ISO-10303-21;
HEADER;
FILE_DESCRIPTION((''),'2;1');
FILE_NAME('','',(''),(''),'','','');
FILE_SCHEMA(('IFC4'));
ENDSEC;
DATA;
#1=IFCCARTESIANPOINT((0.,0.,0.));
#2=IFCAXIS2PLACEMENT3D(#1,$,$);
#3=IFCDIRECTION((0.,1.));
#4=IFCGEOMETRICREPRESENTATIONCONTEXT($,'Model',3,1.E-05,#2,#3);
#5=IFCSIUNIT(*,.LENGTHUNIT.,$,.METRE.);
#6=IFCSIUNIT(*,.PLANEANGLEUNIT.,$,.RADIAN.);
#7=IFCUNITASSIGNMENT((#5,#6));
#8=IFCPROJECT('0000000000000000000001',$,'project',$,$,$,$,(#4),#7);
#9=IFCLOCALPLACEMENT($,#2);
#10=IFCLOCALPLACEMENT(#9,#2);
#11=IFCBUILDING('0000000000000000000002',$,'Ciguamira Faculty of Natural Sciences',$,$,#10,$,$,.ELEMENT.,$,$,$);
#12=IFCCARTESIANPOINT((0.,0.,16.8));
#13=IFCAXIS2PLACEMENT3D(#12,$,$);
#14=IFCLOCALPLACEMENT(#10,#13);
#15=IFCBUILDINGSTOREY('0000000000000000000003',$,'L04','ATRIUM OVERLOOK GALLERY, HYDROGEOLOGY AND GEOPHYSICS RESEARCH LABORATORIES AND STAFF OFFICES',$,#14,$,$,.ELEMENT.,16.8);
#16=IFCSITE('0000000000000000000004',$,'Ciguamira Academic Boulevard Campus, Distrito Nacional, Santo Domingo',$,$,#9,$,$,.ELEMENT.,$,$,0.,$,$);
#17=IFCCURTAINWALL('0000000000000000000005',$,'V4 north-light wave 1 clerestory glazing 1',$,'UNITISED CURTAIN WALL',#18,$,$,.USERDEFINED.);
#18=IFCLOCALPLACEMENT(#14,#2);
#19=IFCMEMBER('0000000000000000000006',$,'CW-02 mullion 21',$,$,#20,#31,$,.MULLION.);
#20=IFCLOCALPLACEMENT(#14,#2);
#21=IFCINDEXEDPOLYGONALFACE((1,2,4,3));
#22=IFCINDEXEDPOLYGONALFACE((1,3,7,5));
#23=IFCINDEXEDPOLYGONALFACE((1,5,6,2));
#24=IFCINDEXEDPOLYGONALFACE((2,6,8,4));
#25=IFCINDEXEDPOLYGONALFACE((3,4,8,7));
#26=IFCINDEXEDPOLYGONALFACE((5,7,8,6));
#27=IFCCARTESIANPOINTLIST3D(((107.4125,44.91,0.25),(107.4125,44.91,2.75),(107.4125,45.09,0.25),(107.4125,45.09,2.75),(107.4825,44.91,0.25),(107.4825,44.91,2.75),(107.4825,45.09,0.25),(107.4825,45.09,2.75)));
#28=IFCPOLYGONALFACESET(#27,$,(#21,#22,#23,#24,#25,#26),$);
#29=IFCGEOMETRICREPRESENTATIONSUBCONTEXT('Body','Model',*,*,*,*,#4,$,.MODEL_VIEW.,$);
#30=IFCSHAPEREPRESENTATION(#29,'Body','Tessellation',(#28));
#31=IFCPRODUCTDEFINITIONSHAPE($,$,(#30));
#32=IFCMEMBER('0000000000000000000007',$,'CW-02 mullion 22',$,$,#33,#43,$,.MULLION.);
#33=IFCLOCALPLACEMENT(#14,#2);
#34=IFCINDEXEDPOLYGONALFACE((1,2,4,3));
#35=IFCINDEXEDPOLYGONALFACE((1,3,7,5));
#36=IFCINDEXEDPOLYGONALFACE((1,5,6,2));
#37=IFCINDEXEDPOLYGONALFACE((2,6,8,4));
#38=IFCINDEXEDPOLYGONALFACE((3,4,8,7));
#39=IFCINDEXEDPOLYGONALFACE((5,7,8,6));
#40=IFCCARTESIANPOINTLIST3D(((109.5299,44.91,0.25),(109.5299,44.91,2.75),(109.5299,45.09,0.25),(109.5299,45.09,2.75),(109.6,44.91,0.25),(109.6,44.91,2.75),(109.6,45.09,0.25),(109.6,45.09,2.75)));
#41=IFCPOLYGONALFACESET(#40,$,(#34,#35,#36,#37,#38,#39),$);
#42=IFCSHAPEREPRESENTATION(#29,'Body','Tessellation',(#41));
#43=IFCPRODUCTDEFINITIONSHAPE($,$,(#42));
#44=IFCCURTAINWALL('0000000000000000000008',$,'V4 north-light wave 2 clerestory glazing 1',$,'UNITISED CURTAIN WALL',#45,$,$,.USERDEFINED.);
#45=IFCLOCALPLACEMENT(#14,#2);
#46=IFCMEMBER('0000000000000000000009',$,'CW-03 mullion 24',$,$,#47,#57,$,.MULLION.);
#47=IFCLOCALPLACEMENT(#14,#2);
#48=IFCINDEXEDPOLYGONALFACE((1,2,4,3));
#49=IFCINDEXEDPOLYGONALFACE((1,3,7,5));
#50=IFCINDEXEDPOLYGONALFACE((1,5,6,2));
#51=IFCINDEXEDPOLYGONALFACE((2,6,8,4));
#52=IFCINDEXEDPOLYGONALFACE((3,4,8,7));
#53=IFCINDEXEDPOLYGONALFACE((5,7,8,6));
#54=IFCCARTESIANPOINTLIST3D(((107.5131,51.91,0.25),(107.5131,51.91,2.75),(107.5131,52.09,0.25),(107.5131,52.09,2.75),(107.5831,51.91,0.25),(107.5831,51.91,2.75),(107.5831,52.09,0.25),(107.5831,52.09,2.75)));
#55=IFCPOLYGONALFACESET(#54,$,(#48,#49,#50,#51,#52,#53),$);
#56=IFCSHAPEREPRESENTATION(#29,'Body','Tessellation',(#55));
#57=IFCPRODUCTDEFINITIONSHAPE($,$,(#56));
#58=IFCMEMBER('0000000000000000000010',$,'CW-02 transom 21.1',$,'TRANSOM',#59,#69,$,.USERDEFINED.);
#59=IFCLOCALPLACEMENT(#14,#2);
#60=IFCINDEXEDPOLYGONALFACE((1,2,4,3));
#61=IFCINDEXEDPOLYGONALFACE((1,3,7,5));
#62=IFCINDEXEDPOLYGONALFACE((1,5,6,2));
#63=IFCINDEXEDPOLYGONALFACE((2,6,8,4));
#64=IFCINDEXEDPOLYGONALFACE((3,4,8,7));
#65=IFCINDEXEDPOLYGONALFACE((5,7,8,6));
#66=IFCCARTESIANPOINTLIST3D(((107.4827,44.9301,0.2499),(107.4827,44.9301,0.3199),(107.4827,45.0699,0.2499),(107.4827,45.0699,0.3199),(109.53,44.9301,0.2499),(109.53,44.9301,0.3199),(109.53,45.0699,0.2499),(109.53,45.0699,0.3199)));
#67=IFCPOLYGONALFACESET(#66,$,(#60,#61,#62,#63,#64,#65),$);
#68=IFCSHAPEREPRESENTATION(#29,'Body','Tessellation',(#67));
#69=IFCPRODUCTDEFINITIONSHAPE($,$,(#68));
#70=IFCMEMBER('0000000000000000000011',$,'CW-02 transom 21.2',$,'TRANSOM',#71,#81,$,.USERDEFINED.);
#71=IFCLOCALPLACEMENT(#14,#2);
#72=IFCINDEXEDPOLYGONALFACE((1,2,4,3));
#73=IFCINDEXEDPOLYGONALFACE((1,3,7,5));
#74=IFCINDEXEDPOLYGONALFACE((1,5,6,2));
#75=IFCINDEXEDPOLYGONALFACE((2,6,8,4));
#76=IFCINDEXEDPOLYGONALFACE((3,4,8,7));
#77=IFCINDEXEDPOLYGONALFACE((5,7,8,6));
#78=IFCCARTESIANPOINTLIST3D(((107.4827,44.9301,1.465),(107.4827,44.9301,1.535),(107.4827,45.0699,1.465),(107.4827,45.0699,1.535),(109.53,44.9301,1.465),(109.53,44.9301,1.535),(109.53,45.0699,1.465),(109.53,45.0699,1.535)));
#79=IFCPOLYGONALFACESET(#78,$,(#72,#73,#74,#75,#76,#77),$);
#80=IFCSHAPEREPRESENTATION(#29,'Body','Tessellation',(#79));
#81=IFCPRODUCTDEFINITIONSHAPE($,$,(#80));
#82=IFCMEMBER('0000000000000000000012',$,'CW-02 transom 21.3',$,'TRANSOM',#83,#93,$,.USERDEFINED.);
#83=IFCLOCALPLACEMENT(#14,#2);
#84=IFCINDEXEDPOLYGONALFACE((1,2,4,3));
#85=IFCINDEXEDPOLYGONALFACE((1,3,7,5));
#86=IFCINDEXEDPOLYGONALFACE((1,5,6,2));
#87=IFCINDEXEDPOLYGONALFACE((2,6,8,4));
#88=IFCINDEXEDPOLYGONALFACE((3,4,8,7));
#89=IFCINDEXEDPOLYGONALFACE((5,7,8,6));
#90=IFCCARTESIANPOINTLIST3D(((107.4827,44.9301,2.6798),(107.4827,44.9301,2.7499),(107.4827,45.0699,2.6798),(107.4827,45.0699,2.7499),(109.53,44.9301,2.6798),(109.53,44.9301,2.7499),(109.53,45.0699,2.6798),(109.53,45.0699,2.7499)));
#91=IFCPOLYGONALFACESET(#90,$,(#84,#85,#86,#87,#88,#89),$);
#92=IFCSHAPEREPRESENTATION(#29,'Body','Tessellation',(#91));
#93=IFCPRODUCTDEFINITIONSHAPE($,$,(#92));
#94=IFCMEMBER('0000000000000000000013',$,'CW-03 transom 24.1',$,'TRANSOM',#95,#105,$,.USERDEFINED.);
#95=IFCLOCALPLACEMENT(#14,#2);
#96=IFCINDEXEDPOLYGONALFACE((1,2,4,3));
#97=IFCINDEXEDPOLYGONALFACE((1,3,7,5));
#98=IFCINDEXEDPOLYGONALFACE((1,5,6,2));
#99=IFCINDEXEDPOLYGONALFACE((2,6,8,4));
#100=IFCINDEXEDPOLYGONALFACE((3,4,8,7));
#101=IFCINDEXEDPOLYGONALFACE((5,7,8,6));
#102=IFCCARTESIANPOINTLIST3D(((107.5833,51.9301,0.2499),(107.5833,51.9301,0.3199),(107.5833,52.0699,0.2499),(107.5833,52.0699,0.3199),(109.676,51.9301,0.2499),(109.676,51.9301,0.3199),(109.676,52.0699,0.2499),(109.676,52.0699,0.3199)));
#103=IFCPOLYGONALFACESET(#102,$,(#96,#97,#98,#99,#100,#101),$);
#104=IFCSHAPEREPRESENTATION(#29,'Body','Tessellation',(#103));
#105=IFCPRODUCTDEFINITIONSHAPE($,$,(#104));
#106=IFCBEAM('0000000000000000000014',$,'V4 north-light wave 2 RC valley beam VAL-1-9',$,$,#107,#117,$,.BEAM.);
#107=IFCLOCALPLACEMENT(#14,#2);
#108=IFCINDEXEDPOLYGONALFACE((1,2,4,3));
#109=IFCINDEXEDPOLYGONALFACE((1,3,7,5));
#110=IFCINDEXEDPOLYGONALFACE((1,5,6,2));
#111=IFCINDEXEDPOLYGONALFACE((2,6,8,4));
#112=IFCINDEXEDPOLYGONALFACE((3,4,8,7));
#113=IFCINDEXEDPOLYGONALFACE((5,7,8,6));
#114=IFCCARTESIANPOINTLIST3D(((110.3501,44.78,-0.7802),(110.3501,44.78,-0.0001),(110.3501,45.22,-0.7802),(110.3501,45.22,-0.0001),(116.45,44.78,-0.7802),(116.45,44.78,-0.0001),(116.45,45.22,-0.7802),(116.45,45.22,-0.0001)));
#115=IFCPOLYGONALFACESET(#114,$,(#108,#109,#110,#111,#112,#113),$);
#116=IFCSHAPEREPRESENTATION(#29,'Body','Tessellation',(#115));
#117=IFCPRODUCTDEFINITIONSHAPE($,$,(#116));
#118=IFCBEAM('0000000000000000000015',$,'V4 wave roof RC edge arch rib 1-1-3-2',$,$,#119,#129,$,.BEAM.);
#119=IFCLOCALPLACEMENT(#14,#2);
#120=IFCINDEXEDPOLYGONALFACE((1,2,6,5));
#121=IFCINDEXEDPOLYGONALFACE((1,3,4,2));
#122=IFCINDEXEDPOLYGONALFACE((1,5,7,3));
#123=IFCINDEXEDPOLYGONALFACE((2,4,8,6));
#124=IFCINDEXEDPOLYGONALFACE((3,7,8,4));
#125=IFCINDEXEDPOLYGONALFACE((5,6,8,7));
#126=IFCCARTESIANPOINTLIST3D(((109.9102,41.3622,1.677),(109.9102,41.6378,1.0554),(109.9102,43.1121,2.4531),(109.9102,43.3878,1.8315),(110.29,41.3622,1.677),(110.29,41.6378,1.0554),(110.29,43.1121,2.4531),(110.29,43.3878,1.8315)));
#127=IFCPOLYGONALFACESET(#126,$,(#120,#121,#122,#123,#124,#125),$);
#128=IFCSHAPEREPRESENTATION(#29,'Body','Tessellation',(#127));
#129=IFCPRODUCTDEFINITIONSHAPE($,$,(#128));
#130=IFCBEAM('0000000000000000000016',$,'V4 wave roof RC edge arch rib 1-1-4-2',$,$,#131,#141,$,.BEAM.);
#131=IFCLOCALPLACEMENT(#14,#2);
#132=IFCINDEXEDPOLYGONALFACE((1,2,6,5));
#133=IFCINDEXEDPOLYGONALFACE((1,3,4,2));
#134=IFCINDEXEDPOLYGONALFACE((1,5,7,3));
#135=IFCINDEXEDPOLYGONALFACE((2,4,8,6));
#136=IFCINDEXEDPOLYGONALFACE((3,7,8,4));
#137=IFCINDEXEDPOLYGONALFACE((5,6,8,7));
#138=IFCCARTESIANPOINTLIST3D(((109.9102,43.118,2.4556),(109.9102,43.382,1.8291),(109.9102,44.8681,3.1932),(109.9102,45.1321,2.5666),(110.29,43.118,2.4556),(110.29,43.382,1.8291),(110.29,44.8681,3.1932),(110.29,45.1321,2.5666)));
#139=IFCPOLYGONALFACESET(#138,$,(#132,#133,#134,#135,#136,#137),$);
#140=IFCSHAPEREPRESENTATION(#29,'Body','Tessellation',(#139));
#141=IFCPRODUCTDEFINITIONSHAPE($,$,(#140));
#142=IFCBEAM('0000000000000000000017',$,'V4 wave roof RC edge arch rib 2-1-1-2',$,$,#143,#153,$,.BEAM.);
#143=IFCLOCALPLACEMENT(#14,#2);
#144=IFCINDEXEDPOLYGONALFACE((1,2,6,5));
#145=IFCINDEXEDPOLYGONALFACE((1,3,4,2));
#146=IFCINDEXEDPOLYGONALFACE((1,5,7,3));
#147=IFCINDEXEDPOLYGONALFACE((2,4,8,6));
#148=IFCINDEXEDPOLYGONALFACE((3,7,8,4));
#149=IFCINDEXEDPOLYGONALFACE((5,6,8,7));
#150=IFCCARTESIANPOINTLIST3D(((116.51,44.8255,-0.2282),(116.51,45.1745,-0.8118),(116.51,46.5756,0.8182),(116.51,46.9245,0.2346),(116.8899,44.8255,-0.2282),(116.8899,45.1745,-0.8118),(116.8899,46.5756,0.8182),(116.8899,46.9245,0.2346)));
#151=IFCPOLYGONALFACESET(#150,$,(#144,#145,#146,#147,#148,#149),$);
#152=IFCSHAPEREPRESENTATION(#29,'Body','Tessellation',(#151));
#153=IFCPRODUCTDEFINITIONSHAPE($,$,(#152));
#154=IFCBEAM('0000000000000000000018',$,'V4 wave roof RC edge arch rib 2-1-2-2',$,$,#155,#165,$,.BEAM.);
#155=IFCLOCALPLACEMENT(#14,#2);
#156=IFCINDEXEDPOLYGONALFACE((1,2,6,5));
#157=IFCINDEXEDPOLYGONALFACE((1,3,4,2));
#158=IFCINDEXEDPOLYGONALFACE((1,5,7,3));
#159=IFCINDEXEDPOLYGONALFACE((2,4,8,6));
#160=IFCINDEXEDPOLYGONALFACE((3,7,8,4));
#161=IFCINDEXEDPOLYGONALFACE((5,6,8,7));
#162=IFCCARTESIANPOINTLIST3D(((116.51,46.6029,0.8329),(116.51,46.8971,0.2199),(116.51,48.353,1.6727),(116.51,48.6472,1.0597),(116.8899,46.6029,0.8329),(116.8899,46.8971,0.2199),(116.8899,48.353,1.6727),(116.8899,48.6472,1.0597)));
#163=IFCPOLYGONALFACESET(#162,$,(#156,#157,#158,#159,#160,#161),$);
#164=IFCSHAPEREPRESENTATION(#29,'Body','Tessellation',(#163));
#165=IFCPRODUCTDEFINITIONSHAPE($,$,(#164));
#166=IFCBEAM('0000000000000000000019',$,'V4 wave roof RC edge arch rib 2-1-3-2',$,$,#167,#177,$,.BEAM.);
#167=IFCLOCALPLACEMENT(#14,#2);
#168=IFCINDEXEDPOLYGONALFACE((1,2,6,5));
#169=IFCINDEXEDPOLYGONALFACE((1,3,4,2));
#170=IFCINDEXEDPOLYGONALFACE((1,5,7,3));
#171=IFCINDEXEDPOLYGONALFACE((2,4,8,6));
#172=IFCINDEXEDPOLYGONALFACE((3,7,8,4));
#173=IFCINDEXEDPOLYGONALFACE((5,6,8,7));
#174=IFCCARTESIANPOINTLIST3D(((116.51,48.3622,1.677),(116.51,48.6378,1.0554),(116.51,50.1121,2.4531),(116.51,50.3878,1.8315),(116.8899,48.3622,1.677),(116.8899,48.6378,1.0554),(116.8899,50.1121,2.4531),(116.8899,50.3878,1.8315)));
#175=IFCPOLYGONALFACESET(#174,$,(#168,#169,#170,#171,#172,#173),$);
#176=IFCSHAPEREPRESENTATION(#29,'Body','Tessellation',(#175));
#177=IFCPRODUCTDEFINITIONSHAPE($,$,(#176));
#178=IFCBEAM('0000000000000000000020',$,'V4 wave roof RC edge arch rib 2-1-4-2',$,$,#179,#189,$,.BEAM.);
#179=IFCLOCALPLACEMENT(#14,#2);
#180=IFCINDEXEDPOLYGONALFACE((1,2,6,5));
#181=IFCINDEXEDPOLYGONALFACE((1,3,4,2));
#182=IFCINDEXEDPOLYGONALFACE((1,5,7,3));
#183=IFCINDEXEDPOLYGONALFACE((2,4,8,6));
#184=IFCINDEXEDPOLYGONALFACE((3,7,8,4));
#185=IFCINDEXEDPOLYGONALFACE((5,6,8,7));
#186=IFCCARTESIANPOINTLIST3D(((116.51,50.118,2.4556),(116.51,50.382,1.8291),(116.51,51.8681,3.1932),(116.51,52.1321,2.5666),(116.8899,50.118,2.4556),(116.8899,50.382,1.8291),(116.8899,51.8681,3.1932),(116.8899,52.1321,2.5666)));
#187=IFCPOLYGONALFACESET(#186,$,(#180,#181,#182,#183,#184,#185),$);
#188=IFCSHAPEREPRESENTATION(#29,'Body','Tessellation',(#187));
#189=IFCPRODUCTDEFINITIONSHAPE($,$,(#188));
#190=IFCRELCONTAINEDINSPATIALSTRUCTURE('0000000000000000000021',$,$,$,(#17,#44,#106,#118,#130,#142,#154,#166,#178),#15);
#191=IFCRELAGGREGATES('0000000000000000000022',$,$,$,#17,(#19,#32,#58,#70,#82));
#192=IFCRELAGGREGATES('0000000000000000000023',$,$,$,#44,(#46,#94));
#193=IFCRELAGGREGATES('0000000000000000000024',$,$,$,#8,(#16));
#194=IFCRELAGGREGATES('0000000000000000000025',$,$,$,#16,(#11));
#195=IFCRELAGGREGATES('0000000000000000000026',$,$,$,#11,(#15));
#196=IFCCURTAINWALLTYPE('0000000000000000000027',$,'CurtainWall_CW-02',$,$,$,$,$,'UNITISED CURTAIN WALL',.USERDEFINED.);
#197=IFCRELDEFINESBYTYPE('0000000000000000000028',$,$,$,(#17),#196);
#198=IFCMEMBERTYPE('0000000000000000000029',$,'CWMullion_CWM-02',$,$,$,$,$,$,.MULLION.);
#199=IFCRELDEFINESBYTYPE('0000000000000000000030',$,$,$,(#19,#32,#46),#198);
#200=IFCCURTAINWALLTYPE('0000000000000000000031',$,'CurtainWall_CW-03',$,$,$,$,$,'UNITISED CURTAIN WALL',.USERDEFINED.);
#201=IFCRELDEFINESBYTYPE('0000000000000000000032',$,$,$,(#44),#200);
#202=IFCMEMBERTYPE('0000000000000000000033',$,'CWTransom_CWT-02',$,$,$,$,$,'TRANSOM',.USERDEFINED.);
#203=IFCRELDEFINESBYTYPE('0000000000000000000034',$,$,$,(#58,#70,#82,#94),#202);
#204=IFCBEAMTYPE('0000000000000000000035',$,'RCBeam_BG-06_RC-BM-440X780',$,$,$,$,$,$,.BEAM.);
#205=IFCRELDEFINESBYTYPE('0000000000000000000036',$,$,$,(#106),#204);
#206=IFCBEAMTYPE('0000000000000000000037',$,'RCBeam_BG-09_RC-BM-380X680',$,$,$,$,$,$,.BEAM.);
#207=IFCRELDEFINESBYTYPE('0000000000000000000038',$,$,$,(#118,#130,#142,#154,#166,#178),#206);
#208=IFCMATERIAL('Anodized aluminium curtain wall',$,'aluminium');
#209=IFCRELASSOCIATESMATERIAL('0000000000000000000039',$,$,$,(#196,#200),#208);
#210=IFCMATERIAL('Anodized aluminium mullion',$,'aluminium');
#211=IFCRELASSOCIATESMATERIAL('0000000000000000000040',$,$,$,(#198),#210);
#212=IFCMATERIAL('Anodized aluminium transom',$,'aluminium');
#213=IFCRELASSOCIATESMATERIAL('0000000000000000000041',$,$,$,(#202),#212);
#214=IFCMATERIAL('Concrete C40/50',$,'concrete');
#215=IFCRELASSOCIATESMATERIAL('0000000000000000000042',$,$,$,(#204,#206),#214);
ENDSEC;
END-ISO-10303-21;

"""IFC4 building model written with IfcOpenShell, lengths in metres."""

from ifc_helpers import new_model, si_unit, direction, frame, origin, origin_2d, place, context, subcontext, project, spatial, rectangle, extrude, material, material_profile, profile_set, type_object, element, aggregate, save


model = new_model("IFC4")

# Units and contexts
model_context = context("Model", 3, precision=1e-05, world=origin(), true_north=direction((0.0, 1.0)))
body_context = subcontext(model_context, "Body", "Model", "MODEL_VIEW")
ifc_project = project(units=[si_unit("LENGTHUNIT", "METRE"), si_unit("PLANEANGLEUNIT", "RADIAN")], contexts=[model_context])

# Site, building, storey
site_placement = place(None, origin())
site = spatial("IfcSite", under=ifc_project, at=site_placement, Name="Ciguamira Academic Boulevard Campus, Distrito Nacional, Santo Domingo", CompositionType="ELEMENT", RefElevation=0.0)
building_placement = place(site_placement, origin())
building = spatial("IfcBuilding", under=site, at=building_placement, Name="Ciguamira Faculty of Natural Sciences", CompositionType="ELEMENT")
storey_placement = place(building_placement, frame((0.0, 0.0, 16.8)))
storey = spatial("IfcBuildingStorey", under=building, at=storey_placement, Name="L04", Description="ATRIUM OVERLOOK GALLERY, HYDROGEOLOGY AND GEOPHYSICS RESEARCH LABORATORIES AND STAFF OFFICES", CompositionType="ELEMENT", Elevation=16.8)

# Curtain wall, members
ifc_material_1 = material(Name="Anodized aluminium curtain wall", Category="aluminium")
curtain_wall_type_1 = type_object("IfcCurtainWallType", Name="CurtainWall_CW-02", ElementType="UNITISED CURTAIN WALL", PredefinedType="USERDEFINED", material=ifc_material_1)
curtain_wall_1_placement = place(storey_placement, origin())
curtain_wall_1 = element("IfcCurtainWall", 1, at=curtain_wall_1_placement, inside=storey, type_object=curtain_wall_type_1, Name="V4 north-light wave 1 clerestory glazing 1", ObjectType="UNITISED CURTAIN WALL", PredefinedType="USERDEFINED")
ifc_material_2 = material(Name="Anodized aluminium mullion", Category="aluminium")
ifc_material_profile_1 = material_profile(ifc_material_2, rectangle(XDim=0.0701, YDim=0.1799, at=origin_2d()), Name="ALU-MUL-70X180")
ifc_profile_set_1 = profile_set([ifc_material_profile_1], Name="Anodized aluminium mullion")
member_type_1 = type_object("IfcMemberType", Name="CWMullion_CWM-02", PredefinedType="MULLION", material=ifc_profile_set_1)
member_1_placement = place(storey_placement, frame((107.4475, 45.0, 0.25), z_axis=(0.0, 0.0, 1.0), x_axis=(1.0, 0.0, 0.0)))
member_1 = element("IfcMember", 2, at=member_1_placement, type_object=member_type_1, Name="CW-02 mullion 21", PredefinedType="MULLION", context=body_context, shape_type="SweptSolid", body=[
    extrude(rectangle(XDim=0.0701, YDim=0.1799, at=origin_2d()), origin(), (0.0, 0.0, 1.0), 2.5),
])
member_2_placement = place(storey_placement, frame((109.5649, 45.0, 0.25), z_axis=(0.0, 0.0, 1.0), x_axis=(1.0, 0.0, 0.0)))
member_2 = element("IfcMember", 3, at=member_2_placement, type_object=member_type_1, Name="CW-02 mullion 22", PredefinedType="MULLION", context=body_context, shape_type="SweptSolid", body=[
    extrude(rectangle(XDim=0.0701, YDim=0.1799, at=origin_2d()), origin(), (0.0, 0.0, 1.0), 2.5),
])

# Curtain wall, member
curtain_wall_type_2 = type_object("IfcCurtainWallType", Name="CurtainWall_CW-03", ElementType="UNITISED CURTAIN WALL", PredefinedType="USERDEFINED", material=ifc_material_1)
curtain_wall_2_placement = place(storey_placement, origin())
curtain_wall_2 = element("IfcCurtainWall", 4, at=curtain_wall_2_placement, inside=storey, type_object=curtain_wall_type_2, Name="V4 north-light wave 2 clerestory glazing 1", ObjectType="UNITISED CURTAIN WALL", PredefinedType="USERDEFINED")
member_3_placement = place(storey_placement, frame((107.5481, 52.0, 0.25), z_axis=(0.0, 0.0, 1.0), x_axis=(1.0, 0.0, 0.0)))
member_3 = element("IfcMember", 5, at=member_3_placement, type_object=member_type_1, Name="CW-03 mullion 24", PredefinedType="MULLION", context=body_context, shape_type="SweptSolid", body=[
    extrude(rectangle(XDim=0.0701, YDim=0.1799, at=origin_2d()), origin(), (0.0, 0.0, 1.0), 2.5),
])

# Members
ifc_material_3 = material(Name="Anodized aluminium transom", Category="aluminium")
ifc_material_profile_2 = material_profile(ifc_material_3, rectangle(XDim=0.0701, YDim=0.1399, at=origin_2d()), Name="ALU-TRN-70X140")
ifc_profile_set_2 = profile_set([ifc_material_profile_2], Name="Anodized aluminium transom")
member_type_2 = type_object("IfcMemberType", Name="CWTransom_CWT-02", ElementType="TRANSOM", PredefinedType="USERDEFINED", material=ifc_profile_set_2)
member_4_placement = place(storey_placement, frame((107.4827, 45.0, 0.2849), z_axis=(1.0, 0.0, 0.0), x_axis=(0.0, 0.0, 1.0)))
member_4 = element("IfcMember", 6, at=member_4_placement, type_object=member_type_2, Name="CW-02 transom 21.1", ObjectType="TRANSOM", PredefinedType="USERDEFINED", context=body_context, shape_type="SweptSolid", body=[
    extrude(rectangle(XDim=0.0701, YDim=0.1399, at=origin_2d()), origin(), (0.0, 0.0, 1.0), 2.0474),
])
member_5_placement = place(storey_placement, frame((107.4827, 45.0, 1.5), z_axis=(1.0, 0.0, 0.0), x_axis=(0.0, 0.0, 1.0)))
member_5 = element("IfcMember", 7, at=member_5_placement, type_object=member_type_2, Name="CW-02 transom 21.2", ObjectType="TRANSOM", PredefinedType="USERDEFINED", context=body_context, shape_type="SweptSolid", body=[
    extrude(rectangle(XDim=0.0701, YDim=0.1399, at=origin_2d()), origin(), (0.0, 0.0, 1.0), 2.0474),
])
member_6_placement = place(storey_placement, frame((107.4827, 45.0, 2.7148), z_axis=(1.0, 0.0, 0.0), x_axis=(0.0, 0.0, 1.0)))
member_6 = element("IfcMember", 8, at=member_6_placement, type_object=member_type_2, Name="CW-02 transom 21.3", ObjectType="TRANSOM", PredefinedType="USERDEFINED", context=body_context, shape_type="SweptSolid", body=[
    extrude(rectangle(XDim=0.0701, YDim=0.1399, at=origin_2d()), origin(), (0.0, 0.0, 1.0), 2.0474),
])
member_7_placement = place(storey_placement, frame((107.5833, 52.0, 0.2849), z_axis=(1.0, 0.0, 0.0), x_axis=(0.0, 0.0, 1.0)))
member_7 = element("IfcMember", 9, at=member_7_placement, type_object=member_type_2, Name="CW-03 transom 24.1", ObjectType="TRANSOM", PredefinedType="USERDEFINED", context=body_context, shape_type="SweptSolid", body=[
    extrude(rectangle(XDim=0.0701, YDim=0.1399, at=origin_2d()), origin(), (0.0, 0.0, 1.0), 2.0928),
])

# Beams
ifc_material_4 = material(Name="Concrete C40/50", Category="concrete")
ifc_material_profile_3 = material_profile(ifc_material_4, rectangle(XDim=0.4399, YDim=0.78, at=origin_2d()), Name="RC-BM-440X780")
ifc_profile_set_3 = profile_set([ifc_material_profile_3], Name="Concrete C40/50")
beam_type_1 = type_object("IfcBeamType", Name="RCBeam_BG-06_RC-BM-440X780", PredefinedType="BEAM", material=ifc_profile_set_3)
beam_1_placement = place(storey_placement, frame((110.3501, 45.0, -0.3901), z_axis=(1.0, 0.0, 0.0), x_axis=(0.0, 1.0, 0.0)))
element("IfcBeam", 10, at=beam_1_placement, inside=storey, type_object=beam_type_1, Name="V4 north-light wave 2 RC valley beam VAL-1-9", PredefinedType="BEAM", context=body_context, shape_type="SweptSolid", body=[
    extrude(rectangle(XDim=0.4399, YDim=0.78, at=origin_2d()), origin(), (0.0, 0.0, 1.0), 6.0999),
])
ifc_material_profile_4 = material_profile(ifc_material_4, rectangle(XDim=0.3799, YDim=0.6799, at=origin_2d()), Name="RC-BM-380X680")
ifc_profile_set_4 = profile_set([ifc_material_profile_4], Name="Concrete C40/50")
beam_type_2 = type_object("IfcBeamType", Name="RCBeam_BG-09_RC-BM-380X680", PredefinedType="BEAM", material=ifc_profile_set_4)
beam_2_placement = place(storey_placement, frame((110.1001, 41.5, 1.3662), z_axis=(0.0, 0.914132, 0.405417), x_axis=(-1.0, 0.0, 0.0)))
element("IfcBeam", 11, at=beam_2_placement, inside=storey, type_object=beam_type_2, Name="V4 wave roof RC edge arch rib 1-1-3-2", PredefinedType="BEAM", context=body_context, shape_type="SweptSolid", body=[
    extrude(rectangle(XDim=0.3799, YDim=0.6799, at=origin_2d()), origin(), (0.0, 0.0, 1.0), 1.9143),
])
beam_3_placement = place(storey_placement, frame((110.1001, 43.25, 2.1423), z_axis=(0.0, 0.921502, 0.388373), x_axis=(-1.0, 0.0, 0.0)))
element("IfcBeam", 12, at=beam_3_placement, inside=storey, type_object=beam_type_2, Name="V4 wave roof RC edge arch rib 1-1-4-2", PredefinedType="BEAM", context=body_context, shape_type="SweptSolid", body=[
    extrude(rectangle(XDim=0.3799, YDim=0.6799, at=origin_2d()), origin(), (0.0, 0.0, 1.0), 1.8992),
])
beam_4_placement = place(storey_placement, frame((116.7, 45.0, -0.52), z_axis=(0.0, 0.858274, 0.513192), x_axis=(-1.0, 0.0, 0.0)))
element("IfcBeam", 13, at=beam_4_placement, inside=storey, type_object=beam_type_2, Name="V4 wave roof RC edge arch rib 2-1-1-2", PredefinedType="BEAM", context=body_context, shape_type="SweptSolid", body=[
    extrude(rectangle(XDim=0.3799, YDim=0.6799, at=origin_2d()), origin(), (0.0, 0.0, 1.0), 2.0391),
])
beam_5_placement = place(storey_placement, frame((116.7, 46.75, 0.5264), z_axis=(0.0, 0.901554, 0.432666), x_axis=(-1.0, 0.0, 0.0)))
element("IfcBeam", 14, at=beam_5_placement, inside=storey, type_object=beam_type_2, Name="V4 wave roof RC edge arch rib 2-1-2-2", PredefinedType="BEAM", context=body_context, shape_type="SweptSolid", body=[
    extrude(rectangle(XDim=0.3799, YDim=0.6799, at=origin_2d()), origin(), (0.0, 0.0, 1.0), 1.9412),
])
beam_6_placement = place(storey_placement, frame((116.7, 48.5, 1.3662), z_axis=(0.0, 0.914132, 0.405417), x_axis=(-1.0, 0.0, 0.0)))
element("IfcBeam", 15, at=beam_6_placement, inside=storey, type_object=beam_type_2, Name="V4 wave roof RC edge arch rib 2-1-3-2", PredefinedType="BEAM", context=body_context, shape_type="SweptSolid", body=[
    extrude(rectangle(XDim=0.3799, YDim=0.6799, at=origin_2d()), origin(), (0.0, 0.0, 1.0), 1.9143),
])
beam_7_placement = place(storey_placement, frame((116.7, 50.25, 2.1423), z_axis=(0.0, 0.921502, 0.388373), x_axis=(-1.0, 0.0, 0.0)))
element("IfcBeam", 16, at=beam_7_placement, inside=storey, type_object=beam_type_2, Name="V4 wave roof RC edge arch rib 2-1-4-2", PredefinedType="BEAM", context=body_context, shape_type="SweptSolid", body=[
    extrude(rectangle(XDim=0.3799, YDim=0.6799, at=origin_2d()), origin(), (0.0, 0.0, 1.0), 1.8992),
])

aggregate(curtain_wall_1, [member_1, member_2, member_4, member_5, member_6])
aggregate(curtain_wall_2, [member_3, member_7])

save(model, "model.ifc")
